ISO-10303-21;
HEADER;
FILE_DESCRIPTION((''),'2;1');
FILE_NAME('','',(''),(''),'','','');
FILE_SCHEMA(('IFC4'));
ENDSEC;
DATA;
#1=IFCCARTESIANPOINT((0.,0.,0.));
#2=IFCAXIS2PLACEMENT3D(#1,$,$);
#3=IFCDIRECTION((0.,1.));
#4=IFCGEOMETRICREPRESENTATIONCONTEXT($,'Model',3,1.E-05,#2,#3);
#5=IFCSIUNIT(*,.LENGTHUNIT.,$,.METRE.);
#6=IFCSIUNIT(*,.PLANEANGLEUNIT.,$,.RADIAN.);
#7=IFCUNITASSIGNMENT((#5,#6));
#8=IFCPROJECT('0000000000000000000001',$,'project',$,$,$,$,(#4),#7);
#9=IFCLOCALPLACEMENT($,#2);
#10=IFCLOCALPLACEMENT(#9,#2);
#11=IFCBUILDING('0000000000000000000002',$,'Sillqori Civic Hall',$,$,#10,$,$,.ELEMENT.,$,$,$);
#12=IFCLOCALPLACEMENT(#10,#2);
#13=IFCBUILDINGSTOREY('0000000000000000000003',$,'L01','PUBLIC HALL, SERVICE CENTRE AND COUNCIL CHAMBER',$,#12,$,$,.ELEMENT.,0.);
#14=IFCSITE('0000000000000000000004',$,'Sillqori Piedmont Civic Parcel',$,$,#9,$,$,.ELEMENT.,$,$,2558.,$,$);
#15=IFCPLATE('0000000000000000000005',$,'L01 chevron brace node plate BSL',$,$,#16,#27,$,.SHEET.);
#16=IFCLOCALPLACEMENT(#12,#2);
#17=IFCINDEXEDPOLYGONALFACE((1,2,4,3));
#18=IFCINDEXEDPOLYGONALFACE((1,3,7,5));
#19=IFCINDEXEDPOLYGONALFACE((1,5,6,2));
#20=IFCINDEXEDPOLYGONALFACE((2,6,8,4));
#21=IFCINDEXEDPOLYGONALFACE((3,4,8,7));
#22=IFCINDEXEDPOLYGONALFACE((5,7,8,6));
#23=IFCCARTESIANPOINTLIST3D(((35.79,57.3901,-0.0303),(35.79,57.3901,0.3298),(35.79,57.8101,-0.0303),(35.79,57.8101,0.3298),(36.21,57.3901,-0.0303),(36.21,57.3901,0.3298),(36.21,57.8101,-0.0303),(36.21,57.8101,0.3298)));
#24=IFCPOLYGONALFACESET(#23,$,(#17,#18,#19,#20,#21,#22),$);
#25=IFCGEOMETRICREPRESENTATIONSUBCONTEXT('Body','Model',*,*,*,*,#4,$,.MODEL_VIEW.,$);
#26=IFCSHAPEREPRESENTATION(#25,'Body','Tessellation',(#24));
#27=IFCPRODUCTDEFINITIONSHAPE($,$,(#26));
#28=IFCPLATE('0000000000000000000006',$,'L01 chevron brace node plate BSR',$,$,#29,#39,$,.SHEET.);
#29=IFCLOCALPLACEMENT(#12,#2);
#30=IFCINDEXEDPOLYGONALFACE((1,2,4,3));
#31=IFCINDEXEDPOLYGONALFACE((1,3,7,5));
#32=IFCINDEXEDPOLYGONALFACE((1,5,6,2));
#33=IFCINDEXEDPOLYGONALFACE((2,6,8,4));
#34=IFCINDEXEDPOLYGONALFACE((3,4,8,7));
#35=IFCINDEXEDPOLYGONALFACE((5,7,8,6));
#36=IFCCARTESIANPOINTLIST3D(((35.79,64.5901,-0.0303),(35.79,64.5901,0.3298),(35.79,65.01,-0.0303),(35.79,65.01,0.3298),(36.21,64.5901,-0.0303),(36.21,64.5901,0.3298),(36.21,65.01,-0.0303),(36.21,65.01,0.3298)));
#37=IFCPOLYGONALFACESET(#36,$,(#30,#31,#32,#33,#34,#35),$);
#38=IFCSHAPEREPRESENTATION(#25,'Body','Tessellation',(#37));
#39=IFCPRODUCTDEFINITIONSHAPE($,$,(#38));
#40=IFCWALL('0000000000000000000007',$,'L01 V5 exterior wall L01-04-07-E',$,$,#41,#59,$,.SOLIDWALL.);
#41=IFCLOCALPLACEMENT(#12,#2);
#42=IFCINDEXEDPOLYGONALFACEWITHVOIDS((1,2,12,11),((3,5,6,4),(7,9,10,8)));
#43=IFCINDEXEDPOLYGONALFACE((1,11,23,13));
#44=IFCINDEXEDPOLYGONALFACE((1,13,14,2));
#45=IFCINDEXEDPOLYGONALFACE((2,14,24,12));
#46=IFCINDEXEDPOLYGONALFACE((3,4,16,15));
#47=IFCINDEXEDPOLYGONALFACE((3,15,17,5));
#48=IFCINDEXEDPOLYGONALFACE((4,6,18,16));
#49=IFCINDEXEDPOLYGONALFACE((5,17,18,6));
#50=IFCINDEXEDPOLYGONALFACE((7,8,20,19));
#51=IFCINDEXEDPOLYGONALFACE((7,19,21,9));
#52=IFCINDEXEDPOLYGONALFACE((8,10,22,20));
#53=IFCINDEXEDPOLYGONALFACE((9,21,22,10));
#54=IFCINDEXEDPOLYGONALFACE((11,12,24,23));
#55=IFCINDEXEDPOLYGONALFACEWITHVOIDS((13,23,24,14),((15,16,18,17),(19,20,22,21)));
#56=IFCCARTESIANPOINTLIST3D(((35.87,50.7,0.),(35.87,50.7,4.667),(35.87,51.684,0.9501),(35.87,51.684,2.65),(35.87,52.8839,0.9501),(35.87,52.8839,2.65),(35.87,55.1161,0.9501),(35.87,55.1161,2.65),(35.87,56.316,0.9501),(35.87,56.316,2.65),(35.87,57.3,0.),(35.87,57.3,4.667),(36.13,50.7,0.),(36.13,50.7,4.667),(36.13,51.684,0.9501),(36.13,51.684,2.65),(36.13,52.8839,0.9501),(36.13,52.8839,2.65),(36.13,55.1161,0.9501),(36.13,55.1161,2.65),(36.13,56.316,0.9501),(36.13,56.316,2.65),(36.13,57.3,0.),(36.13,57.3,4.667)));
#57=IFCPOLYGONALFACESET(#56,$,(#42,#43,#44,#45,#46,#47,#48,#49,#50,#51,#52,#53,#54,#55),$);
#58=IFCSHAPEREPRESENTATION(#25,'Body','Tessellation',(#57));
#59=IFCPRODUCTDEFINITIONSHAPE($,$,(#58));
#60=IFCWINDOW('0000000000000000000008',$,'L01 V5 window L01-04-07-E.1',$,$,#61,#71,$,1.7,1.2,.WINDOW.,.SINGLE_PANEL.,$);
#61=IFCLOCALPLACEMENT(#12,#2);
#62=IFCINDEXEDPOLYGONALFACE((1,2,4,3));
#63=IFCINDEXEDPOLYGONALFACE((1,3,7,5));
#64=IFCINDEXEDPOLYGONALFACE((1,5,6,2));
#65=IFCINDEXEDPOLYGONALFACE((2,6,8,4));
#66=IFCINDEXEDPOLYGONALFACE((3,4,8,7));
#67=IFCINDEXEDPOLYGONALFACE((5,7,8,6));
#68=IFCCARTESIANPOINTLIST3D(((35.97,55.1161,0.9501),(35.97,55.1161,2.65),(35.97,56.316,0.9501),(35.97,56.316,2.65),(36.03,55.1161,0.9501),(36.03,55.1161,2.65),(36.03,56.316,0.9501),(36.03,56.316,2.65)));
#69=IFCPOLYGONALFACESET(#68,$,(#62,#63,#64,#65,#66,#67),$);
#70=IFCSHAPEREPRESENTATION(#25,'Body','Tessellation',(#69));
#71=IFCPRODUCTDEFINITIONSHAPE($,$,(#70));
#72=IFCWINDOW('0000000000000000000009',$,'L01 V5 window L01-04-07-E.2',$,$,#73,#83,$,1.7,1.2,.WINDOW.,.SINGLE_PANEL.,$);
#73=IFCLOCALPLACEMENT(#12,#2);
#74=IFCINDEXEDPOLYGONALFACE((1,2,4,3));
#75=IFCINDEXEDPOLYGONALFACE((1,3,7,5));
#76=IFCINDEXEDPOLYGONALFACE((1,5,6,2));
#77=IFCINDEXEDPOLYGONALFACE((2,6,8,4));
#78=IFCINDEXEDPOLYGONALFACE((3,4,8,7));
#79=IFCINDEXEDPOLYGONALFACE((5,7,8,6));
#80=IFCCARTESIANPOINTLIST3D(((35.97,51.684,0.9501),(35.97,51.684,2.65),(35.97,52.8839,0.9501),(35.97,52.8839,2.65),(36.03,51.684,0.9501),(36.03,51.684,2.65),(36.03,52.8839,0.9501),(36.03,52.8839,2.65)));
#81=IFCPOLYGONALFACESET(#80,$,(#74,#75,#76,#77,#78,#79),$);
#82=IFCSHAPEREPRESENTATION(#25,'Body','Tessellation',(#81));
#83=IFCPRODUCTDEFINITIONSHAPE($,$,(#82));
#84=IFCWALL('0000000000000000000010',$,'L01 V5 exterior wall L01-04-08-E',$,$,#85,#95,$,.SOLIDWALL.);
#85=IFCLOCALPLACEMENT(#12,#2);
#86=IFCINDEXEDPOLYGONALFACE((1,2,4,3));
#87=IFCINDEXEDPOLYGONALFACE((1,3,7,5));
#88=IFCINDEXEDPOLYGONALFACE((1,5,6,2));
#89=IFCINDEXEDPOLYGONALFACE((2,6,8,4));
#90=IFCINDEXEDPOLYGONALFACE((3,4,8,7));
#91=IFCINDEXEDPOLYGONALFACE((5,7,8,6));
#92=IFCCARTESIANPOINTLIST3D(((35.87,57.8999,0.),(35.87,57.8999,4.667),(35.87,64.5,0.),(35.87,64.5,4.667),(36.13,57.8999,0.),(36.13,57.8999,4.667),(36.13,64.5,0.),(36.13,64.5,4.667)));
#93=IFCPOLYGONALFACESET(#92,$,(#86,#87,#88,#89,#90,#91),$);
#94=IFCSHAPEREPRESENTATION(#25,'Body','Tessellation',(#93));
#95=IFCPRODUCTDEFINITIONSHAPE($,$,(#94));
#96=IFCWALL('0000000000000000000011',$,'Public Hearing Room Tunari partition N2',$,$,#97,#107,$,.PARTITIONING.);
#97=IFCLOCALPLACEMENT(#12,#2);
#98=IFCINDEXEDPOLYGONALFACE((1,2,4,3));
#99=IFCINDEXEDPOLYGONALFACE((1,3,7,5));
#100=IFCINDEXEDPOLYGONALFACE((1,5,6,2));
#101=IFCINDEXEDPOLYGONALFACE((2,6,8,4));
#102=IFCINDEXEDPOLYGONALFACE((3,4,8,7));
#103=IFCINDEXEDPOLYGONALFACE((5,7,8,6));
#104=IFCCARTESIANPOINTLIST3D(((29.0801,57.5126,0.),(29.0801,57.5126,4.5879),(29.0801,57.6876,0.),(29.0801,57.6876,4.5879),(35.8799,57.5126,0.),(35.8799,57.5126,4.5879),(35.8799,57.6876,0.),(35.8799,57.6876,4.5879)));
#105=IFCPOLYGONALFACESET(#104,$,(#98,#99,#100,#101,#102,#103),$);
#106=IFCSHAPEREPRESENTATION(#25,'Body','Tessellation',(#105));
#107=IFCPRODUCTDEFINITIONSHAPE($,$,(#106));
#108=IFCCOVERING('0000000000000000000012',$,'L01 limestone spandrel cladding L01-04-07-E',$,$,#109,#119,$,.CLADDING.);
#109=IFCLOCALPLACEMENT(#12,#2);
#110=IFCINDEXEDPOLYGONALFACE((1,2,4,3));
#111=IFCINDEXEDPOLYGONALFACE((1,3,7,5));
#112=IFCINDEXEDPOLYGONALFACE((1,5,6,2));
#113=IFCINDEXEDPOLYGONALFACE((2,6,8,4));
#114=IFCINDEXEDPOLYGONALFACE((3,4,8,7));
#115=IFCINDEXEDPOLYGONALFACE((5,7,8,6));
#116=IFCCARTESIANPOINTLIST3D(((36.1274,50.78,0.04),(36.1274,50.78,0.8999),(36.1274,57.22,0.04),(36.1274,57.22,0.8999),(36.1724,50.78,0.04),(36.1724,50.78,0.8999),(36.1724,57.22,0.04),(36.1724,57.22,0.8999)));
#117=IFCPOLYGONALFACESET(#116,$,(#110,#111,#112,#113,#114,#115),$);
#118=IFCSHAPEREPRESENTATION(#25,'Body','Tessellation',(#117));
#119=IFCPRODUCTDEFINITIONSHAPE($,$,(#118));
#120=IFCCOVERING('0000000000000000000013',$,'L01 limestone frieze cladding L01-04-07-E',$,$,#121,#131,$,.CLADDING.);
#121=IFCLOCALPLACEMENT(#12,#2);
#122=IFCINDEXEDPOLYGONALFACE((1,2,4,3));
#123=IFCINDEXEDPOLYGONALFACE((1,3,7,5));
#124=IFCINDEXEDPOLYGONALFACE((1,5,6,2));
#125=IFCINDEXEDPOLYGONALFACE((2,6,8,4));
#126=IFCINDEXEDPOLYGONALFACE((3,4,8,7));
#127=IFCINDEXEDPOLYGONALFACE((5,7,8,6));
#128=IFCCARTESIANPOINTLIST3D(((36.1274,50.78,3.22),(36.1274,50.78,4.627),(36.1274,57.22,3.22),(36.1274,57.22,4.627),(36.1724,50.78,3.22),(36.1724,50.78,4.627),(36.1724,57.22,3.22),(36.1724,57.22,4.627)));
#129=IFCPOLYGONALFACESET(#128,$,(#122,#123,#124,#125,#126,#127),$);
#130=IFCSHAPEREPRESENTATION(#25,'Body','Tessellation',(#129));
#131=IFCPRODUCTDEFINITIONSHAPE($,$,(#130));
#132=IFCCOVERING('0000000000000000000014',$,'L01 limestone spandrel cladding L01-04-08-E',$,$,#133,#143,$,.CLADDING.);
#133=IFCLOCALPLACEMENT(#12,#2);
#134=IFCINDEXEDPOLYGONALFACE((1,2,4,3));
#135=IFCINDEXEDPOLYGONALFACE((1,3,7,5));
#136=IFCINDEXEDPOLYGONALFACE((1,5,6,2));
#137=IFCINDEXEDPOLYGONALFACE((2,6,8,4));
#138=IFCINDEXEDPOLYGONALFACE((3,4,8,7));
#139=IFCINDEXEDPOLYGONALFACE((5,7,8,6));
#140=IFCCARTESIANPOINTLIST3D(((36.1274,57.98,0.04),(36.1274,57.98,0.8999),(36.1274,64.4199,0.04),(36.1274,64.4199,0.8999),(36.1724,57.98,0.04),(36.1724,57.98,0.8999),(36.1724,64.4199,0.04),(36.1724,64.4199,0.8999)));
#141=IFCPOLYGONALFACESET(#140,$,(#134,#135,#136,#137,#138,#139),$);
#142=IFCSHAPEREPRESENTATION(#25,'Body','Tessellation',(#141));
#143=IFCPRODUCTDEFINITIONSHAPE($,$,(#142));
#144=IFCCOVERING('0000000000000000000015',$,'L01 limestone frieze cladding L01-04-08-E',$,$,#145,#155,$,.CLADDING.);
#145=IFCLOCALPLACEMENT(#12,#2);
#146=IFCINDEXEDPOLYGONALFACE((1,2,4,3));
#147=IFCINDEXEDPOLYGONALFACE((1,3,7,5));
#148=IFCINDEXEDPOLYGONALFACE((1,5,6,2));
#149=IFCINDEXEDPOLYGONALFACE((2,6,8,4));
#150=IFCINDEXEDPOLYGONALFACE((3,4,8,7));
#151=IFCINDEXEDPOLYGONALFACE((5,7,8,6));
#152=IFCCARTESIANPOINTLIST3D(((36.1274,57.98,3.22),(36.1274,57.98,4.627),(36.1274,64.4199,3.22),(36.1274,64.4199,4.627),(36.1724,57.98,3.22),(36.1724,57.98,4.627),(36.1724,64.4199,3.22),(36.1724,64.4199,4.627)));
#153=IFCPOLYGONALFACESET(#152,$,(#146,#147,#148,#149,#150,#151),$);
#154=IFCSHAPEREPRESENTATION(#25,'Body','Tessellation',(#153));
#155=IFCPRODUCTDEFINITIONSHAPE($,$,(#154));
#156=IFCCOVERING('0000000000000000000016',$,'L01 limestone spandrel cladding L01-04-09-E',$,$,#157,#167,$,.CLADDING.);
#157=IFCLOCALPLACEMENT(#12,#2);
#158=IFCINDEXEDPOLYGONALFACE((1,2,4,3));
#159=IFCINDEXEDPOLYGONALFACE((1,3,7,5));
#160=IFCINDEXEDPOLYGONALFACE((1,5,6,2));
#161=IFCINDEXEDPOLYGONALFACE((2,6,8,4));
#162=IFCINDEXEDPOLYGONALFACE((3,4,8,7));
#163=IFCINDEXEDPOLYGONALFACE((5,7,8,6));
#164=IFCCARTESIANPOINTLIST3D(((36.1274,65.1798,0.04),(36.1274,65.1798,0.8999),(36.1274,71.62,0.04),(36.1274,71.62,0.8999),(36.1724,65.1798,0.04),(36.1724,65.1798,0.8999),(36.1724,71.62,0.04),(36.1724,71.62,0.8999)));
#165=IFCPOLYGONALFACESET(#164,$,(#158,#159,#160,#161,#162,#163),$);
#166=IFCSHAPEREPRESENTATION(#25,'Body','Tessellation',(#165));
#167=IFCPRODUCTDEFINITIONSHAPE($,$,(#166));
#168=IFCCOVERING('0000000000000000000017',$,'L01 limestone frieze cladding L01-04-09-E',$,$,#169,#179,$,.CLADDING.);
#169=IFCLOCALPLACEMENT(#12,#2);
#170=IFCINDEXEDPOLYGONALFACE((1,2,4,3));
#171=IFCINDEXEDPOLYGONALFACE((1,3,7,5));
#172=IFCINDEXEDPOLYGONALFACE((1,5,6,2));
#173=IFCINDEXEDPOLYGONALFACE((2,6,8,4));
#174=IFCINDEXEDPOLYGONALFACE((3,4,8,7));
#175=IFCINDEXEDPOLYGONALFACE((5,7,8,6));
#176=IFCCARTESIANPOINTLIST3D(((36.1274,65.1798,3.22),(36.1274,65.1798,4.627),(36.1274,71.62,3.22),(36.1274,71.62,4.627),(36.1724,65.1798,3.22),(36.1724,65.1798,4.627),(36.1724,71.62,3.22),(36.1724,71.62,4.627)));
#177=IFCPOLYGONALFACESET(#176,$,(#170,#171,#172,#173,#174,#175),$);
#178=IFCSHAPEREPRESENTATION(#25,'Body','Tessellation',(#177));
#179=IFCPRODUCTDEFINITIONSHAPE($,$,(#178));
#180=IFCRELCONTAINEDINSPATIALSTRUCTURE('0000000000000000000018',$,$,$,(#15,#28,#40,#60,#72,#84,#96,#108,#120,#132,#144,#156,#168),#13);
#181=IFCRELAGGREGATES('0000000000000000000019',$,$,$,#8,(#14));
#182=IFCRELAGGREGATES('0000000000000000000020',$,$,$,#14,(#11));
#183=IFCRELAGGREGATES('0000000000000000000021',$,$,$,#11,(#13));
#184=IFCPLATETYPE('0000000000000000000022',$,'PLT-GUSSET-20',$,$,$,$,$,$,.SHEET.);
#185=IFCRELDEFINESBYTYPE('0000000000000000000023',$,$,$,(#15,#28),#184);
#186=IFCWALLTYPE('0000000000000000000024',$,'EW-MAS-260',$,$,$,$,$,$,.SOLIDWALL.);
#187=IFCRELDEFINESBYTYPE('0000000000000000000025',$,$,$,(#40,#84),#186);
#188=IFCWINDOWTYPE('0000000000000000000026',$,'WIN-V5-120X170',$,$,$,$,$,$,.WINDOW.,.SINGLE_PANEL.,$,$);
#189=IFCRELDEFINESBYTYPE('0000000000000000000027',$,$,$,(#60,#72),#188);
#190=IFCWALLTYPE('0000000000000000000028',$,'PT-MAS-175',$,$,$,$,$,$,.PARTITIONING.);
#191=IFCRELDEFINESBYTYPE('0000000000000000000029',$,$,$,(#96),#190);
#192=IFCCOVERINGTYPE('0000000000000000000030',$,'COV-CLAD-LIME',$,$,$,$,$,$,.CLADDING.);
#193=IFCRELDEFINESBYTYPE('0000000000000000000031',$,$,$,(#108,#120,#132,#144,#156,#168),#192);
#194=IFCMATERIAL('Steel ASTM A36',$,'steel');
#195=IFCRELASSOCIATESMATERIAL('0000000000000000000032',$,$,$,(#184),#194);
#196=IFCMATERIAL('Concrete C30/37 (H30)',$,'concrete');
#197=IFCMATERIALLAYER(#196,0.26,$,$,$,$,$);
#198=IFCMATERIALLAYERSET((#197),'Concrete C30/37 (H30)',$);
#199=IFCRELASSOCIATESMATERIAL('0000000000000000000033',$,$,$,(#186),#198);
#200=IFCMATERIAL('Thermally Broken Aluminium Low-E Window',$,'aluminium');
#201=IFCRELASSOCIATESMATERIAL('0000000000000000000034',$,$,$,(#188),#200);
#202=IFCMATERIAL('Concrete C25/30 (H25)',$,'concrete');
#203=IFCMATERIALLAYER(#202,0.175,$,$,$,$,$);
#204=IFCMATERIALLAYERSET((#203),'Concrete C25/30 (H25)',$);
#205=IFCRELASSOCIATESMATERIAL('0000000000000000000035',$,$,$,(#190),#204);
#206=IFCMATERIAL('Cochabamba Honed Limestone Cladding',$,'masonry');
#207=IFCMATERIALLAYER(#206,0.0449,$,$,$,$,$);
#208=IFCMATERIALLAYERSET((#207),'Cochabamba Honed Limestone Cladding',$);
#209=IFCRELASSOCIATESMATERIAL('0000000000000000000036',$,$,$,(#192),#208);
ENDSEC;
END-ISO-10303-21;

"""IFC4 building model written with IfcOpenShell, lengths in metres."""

from ifc_helpers import new_model, si_unit, direction, frame, frame_2d, origin, origin_2d, place, context, subcontext, project, spatial, rectangle, extrude, material, layer, layer_set, type_object, element, fill, save


model = new_model("IFC4")

# Units and contexts
model_context = context("Model", 3, precision=1e-05, world=origin(), true_north=direction((0.0, 1.0)))
body_context = subcontext(model_context, "Body", "Model", "MODEL_VIEW")
ifc_project = project(units=[si_unit("LENGTHUNIT", "METRE"), si_unit("PLANEANGLEUNIT", "RADIAN")], contexts=[model_context])

# Site, building, storey
site_placement = place(None, origin())
site = spatial("IfcSite", under=ifc_project, at=site_placement, Name="Sillqori Piedmont Civic Parcel", CompositionType="ELEMENT", RefElevation=2558.0)
building_placement = place(site_placement, origin())
building = spatial("IfcBuilding", under=site, at=building_placement, Name="Sillqori Civic Hall", CompositionType="ELEMENT")
storey_placement = place(building_placement, origin())
storey = spatial("IfcBuildingStorey", under=building, at=storey_placement, Name="L01", Description="PUBLIC HALL, SERVICE CENTRE AND COUNCIL CHAMBER", CompositionType="ELEMENT", Elevation=0.0)

# Plates
ifc_material_1 = material(Name="Steel ASTM A36", Category="steel")
plate_type = type_object("IfcPlateType", Name="PLT-GUSSET-20", PredefinedType="SHEET", material=ifc_material_1)
for number, where, z_axis, x_axis, name in (
    (1, (36.0, 57.6001, -0.0303), (0.0, 0.0, 1.0), (1.0, 0.0, 0.0), "L01 chevron brace node plate BSL"),
    (2, (36.0, 64.8, -0.0303), (0.0, 0.0, 1.0), (1.0, 0.0, 0.0), "L01 chevron brace node plate BSR"),
):
    element("IfcPlate", number, at=place(storey_placement, frame(where, z_axis=z_axis, x_axis=x_axis)), inside=storey, type_object=plate_type, Name=name, PredefinedType="SHEET", context=body_context, shape_type="SweptSolid", body=[
        extrude(rectangle(XDim=0.4199, YDim=0.4199, at=origin_2d()), origin(), (0.0, 0.0, 1.0), 0.3601),
    ])

# Wall, openings, windows
ifc_material_2 = material(Name="Concrete C30/37 (H30)", Category="concrete")
ifc_layer_1 = layer(ifc_material_2, 0.26)
ifc_layer_set_1 = layer_set([ifc_layer_1], Name="Concrete C30/37 (H30)")
wall_type_1 = type_object("IfcWallType", Name="EW-MAS-260", PredefinedType="SOLIDWALL", material=ifc_layer_set_1)
wall_1_placement = place(storey_placement, frame((36.0, 57.3, 0.0), z_axis=(0.0, 0.0, 1.0), x_axis=(0.0, -1.0, 0.0)))
wall_1 = element("IfcWall", 3, at=wall_1_placement, inside=storey, type_object=wall_type_1, Name="L01 V5 exterior wall L01-04-07-E", PredefinedType="SOLIDWALL", context=body_context, shape_type="SweptSolid", body=[
    extrude(rectangle(XDim=6.6001, YDim=0.26, at=frame_2d((3.3, 0.0))), origin(), (0.0, 0.0, 1.0), 4.667),
])
opening_1_placement = place(wall_1_placement, frame((0.9839, 0.0, 0.95)))
opening_1 = element("IfcOpeningElement", 4, at=opening_1_placement, cuts=wall_1, PredefinedType="OPENING", context=body_context, shape_type="SweptSolid", body=[
    extrude(rectangle(XDim=1.2, YDim=1.7, at=frame_2d((0.6001, 0.8501))), frame((0.0, 0.1399, 0.0), z_axis=(0.0, -1.0, 0.0), x_axis=(1.0, 0.0, 0.0)), (0.0, 0.0, 1.0), 0.28),
])
opening_2_placement = place(wall_1_placement, frame((4.416, 0.0, 0.95)))
opening_2 = element("IfcOpeningElement", 5, at=opening_2_placement, cuts=wall_1, PredefinedType="OPENING", context=body_context, shape_type="SweptSolid", body=[
    extrude(rectangle(XDim=1.2, YDim=1.7, at=frame_2d((0.6001, 0.8501))), frame((0.0, 0.1399, 0.0), z_axis=(0.0, -1.0, 0.0), x_axis=(1.0, 0.0, 0.0)), (0.0, 0.0, 1.0), 0.28),
])
ifc_material_3 = material(Name="Thermally Broken Aluminium Low-E Window", Category="aluminium")
window_type = type_object("IfcWindowType", Name="WIN-V5-120X170", PartitioningType="SINGLE_PANEL", PredefinedType="WINDOW", material=ifc_material_3)
window_1_placement = place(opening_1_placement, origin())
window_1 = element("IfcWindow", 6, at=window_1_placement, inside=storey, type_object=window_type, Name="L01 V5 window L01-04-07-E.1", OverallHeight=1.7, OverallWidth=1.2, PartitioningType="SINGLE_PANEL", PredefinedType="WINDOW", context=body_context, shape_type="SweptSolid", body=[
    extrude(rectangle(XDim=1.2, YDim=1.7, at=frame_2d((0.6001, 0.8501))), frame((0.0, 0.03, 0.0), z_axis=(0.0, -1.0, 0.0), x_axis=(1.0, 0.0, 0.0)), (0.0, 0.0, 1.0), 0.0601),
])
fill(opening_1, window_1)
window_2_placement = place(opening_2_placement, origin())
window_2 = element("IfcWindow", 7, at=window_2_placement, inside=storey, type_object=window_type, Name="L01 V5 window L01-04-07-E.2", OverallHeight=1.7, OverallWidth=1.2, PartitioningType="SINGLE_PANEL", PredefinedType="WINDOW", context=body_context, shape_type="SweptSolid", body=[
    extrude(rectangle(XDim=1.2, YDim=1.7, at=frame_2d((0.6001, 0.8501))), frame((0.0, 0.03, 0.0), z_axis=(0.0, -1.0, 0.0), x_axis=(1.0, 0.0, 0.0)), (0.0, 0.0, 1.0), 0.0601),
])
fill(opening_2, window_2)

# Walls
wall_2_placement = place(storey_placement, frame((36.0, 64.5, 0.0), z_axis=(0.0, 0.0, 1.0), x_axis=(0.0, -1.0, 0.0)))
element("IfcWall", 8, at=wall_2_placement, inside=storey, type_object=wall_type_1, Name="L01 V5 exterior wall L01-04-08-E", PredefinedType="SOLIDWALL", context=body_context, shape_type="SweptSolid", body=[
    extrude(rectangle(XDim=6.6001, YDim=0.26, at=frame_2d((3.3, 0.0))), origin(), (0.0, 0.0, 1.0), 4.667),
])
ifc_material_4 = material(Name="Concrete C25/30 (H25)", Category="concrete")
ifc_layer_2 = layer(ifc_material_4, 0.175)
ifc_layer_set_2 = layer_set([ifc_layer_2], Name="Concrete C25/30 (H25)")
wall_type_2 = type_object("IfcWallType", Name="PT-MAS-175", PredefinedType="PARTITIONING", material=ifc_layer_set_2)
wall_3_placement = place(storey_placement, frame((29.0801, 57.6001, 0.0), z_axis=(0.0, 0.0, 1.0), x_axis=(1.0, 0.0, 0.0)))
element("IfcWall", 9, at=wall_3_placement, inside=storey, type_object=wall_type_2, Name="Public Hearing Room Tunari partition N2", PredefinedType="PARTITIONING", context=body_context, shape_type="SweptSolid", body=[
    extrude(rectangle(XDim=6.7998, YDim=0.175, at=frame_2d((3.3999, 0.0))), origin(), (0.0, 0.0, 1.0), 4.5879),
])

# Coverings
ifc_material_5 = material(Name="Cochabamba Honed Limestone Cladding", Category="masonry")
ifc_layer_3 = layer(ifc_material_5, 0.0449)
ifc_layer_set_3 = layer_set([ifc_layer_3], Name="Cochabamba Honed Limestone Cladding")
covering_type = type_object("IfcCoveringType", Name="COV-CLAD-LIME", PredefinedType="CLADDING", material=ifc_layer_set_3)
covering_1_placement = place(storey_placement, frame((36.1499, 57.22, 0.04), z_axis=(0.0, 0.0, 1.0), x_axis=(0.0, -1.0, 0.0)))
element("IfcCovering", 10, at=covering_1_placement, inside=storey, type_object=covering_type, Name="L01 limestone spandrel cladding L01-04-07-E", PredefinedType="CLADDING", context=body_context, shape_type="SweptSolid", body=[
    extrude(rectangle(XDim=6.4399, YDim=0.0449, at=frame_2d((3.22, 0.0))), origin(), (0.0, 0.0, 1.0), 0.8599),
])
covering_2_placement = place(storey_placement, frame((36.1499, 57.22, 3.22), z_axis=(0.0, 0.0, 1.0), x_axis=(0.0, -1.0, 0.0)))
element("IfcCovering", 11, at=covering_2_placement, inside=storey, type_object=covering_type, Name="L01 limestone frieze cladding L01-04-07-E", PredefinedType="CLADDING", context=body_context, shape_type="SweptSolid", body=[
    extrude(rectangle(XDim=6.4399, YDim=0.0449, at=frame_2d((3.22, 0.0))), origin(), (0.0, 0.0, 1.0), 1.407),
])
covering_3_placement = place(storey_placement, frame((36.1499, 64.4199, 0.04), z_axis=(0.0, 0.0, 1.0), x_axis=(0.0, -1.0, 0.0)))
element("IfcCovering", 12, at=covering_3_placement, inside=storey, type_object=covering_type, Name="L01 limestone spandrel cladding L01-04-08-E", PredefinedType="CLADDING", context=body_context, shape_type="SweptSolid", body=[
    extrude(rectangle(XDim=6.4399, YDim=0.0449, at=frame_2d((3.22, 0.0))), origin(), (0.0, 0.0, 1.0), 0.8599),
])
covering_4_placement = place(storey_placement, frame((36.1499, 64.4199, 3.22), z_axis=(0.0, 0.0, 1.0), x_axis=(0.0, -1.0, 0.0)))
element("IfcCovering", 13, at=covering_4_placement, inside=storey, type_object=covering_type, Name="L01 limestone frieze cladding L01-04-08-E", PredefinedType="CLADDING", context=body_context, shape_type="SweptSolid", body=[
    extrude(rectangle(XDim=6.4399, YDim=0.0449, at=frame_2d((3.22, 0.0))), origin(), (0.0, 0.0, 1.0), 1.407),
])
covering_5_placement = place(storey_placement, frame((36.1499, 71.6201, 0.04), z_axis=(0.0, 0.0, 1.0), x_axis=(0.0, -1.0, 0.0)))
element("IfcCovering", 14, at=covering_5_placement, inside=storey, type_object=covering_type, Name="L01 limestone spandrel cladding L01-04-09-E", PredefinedType="CLADDING", context=body_context, shape_type="SweptSolid", body=[
    extrude(rectangle(XDim=6.4402, YDim=0.0449, at=frame_2d((3.2202, 0.0))), origin(), (0.0, 0.0, 1.0), 0.8599),
])
covering_6_placement = place(storey_placement, frame((36.1499, 71.6201, 3.22), z_axis=(0.0, 0.0, 1.0), x_axis=(0.0, -1.0, 0.0)))
element("IfcCovering", 15, at=covering_6_placement, inside=storey, type_object=covering_type, Name="L01 limestone frieze cladding L01-04-09-E", PredefinedType="CLADDING", context=body_context, shape_type="SweptSolid", body=[
    extrude(rectangle(XDim=6.4402, YDim=0.0449, at=frame_2d((3.2202, 0.0))), origin(), (0.0, 0.0, 1.0), 1.407),
])

save(model, "model.ifc")
